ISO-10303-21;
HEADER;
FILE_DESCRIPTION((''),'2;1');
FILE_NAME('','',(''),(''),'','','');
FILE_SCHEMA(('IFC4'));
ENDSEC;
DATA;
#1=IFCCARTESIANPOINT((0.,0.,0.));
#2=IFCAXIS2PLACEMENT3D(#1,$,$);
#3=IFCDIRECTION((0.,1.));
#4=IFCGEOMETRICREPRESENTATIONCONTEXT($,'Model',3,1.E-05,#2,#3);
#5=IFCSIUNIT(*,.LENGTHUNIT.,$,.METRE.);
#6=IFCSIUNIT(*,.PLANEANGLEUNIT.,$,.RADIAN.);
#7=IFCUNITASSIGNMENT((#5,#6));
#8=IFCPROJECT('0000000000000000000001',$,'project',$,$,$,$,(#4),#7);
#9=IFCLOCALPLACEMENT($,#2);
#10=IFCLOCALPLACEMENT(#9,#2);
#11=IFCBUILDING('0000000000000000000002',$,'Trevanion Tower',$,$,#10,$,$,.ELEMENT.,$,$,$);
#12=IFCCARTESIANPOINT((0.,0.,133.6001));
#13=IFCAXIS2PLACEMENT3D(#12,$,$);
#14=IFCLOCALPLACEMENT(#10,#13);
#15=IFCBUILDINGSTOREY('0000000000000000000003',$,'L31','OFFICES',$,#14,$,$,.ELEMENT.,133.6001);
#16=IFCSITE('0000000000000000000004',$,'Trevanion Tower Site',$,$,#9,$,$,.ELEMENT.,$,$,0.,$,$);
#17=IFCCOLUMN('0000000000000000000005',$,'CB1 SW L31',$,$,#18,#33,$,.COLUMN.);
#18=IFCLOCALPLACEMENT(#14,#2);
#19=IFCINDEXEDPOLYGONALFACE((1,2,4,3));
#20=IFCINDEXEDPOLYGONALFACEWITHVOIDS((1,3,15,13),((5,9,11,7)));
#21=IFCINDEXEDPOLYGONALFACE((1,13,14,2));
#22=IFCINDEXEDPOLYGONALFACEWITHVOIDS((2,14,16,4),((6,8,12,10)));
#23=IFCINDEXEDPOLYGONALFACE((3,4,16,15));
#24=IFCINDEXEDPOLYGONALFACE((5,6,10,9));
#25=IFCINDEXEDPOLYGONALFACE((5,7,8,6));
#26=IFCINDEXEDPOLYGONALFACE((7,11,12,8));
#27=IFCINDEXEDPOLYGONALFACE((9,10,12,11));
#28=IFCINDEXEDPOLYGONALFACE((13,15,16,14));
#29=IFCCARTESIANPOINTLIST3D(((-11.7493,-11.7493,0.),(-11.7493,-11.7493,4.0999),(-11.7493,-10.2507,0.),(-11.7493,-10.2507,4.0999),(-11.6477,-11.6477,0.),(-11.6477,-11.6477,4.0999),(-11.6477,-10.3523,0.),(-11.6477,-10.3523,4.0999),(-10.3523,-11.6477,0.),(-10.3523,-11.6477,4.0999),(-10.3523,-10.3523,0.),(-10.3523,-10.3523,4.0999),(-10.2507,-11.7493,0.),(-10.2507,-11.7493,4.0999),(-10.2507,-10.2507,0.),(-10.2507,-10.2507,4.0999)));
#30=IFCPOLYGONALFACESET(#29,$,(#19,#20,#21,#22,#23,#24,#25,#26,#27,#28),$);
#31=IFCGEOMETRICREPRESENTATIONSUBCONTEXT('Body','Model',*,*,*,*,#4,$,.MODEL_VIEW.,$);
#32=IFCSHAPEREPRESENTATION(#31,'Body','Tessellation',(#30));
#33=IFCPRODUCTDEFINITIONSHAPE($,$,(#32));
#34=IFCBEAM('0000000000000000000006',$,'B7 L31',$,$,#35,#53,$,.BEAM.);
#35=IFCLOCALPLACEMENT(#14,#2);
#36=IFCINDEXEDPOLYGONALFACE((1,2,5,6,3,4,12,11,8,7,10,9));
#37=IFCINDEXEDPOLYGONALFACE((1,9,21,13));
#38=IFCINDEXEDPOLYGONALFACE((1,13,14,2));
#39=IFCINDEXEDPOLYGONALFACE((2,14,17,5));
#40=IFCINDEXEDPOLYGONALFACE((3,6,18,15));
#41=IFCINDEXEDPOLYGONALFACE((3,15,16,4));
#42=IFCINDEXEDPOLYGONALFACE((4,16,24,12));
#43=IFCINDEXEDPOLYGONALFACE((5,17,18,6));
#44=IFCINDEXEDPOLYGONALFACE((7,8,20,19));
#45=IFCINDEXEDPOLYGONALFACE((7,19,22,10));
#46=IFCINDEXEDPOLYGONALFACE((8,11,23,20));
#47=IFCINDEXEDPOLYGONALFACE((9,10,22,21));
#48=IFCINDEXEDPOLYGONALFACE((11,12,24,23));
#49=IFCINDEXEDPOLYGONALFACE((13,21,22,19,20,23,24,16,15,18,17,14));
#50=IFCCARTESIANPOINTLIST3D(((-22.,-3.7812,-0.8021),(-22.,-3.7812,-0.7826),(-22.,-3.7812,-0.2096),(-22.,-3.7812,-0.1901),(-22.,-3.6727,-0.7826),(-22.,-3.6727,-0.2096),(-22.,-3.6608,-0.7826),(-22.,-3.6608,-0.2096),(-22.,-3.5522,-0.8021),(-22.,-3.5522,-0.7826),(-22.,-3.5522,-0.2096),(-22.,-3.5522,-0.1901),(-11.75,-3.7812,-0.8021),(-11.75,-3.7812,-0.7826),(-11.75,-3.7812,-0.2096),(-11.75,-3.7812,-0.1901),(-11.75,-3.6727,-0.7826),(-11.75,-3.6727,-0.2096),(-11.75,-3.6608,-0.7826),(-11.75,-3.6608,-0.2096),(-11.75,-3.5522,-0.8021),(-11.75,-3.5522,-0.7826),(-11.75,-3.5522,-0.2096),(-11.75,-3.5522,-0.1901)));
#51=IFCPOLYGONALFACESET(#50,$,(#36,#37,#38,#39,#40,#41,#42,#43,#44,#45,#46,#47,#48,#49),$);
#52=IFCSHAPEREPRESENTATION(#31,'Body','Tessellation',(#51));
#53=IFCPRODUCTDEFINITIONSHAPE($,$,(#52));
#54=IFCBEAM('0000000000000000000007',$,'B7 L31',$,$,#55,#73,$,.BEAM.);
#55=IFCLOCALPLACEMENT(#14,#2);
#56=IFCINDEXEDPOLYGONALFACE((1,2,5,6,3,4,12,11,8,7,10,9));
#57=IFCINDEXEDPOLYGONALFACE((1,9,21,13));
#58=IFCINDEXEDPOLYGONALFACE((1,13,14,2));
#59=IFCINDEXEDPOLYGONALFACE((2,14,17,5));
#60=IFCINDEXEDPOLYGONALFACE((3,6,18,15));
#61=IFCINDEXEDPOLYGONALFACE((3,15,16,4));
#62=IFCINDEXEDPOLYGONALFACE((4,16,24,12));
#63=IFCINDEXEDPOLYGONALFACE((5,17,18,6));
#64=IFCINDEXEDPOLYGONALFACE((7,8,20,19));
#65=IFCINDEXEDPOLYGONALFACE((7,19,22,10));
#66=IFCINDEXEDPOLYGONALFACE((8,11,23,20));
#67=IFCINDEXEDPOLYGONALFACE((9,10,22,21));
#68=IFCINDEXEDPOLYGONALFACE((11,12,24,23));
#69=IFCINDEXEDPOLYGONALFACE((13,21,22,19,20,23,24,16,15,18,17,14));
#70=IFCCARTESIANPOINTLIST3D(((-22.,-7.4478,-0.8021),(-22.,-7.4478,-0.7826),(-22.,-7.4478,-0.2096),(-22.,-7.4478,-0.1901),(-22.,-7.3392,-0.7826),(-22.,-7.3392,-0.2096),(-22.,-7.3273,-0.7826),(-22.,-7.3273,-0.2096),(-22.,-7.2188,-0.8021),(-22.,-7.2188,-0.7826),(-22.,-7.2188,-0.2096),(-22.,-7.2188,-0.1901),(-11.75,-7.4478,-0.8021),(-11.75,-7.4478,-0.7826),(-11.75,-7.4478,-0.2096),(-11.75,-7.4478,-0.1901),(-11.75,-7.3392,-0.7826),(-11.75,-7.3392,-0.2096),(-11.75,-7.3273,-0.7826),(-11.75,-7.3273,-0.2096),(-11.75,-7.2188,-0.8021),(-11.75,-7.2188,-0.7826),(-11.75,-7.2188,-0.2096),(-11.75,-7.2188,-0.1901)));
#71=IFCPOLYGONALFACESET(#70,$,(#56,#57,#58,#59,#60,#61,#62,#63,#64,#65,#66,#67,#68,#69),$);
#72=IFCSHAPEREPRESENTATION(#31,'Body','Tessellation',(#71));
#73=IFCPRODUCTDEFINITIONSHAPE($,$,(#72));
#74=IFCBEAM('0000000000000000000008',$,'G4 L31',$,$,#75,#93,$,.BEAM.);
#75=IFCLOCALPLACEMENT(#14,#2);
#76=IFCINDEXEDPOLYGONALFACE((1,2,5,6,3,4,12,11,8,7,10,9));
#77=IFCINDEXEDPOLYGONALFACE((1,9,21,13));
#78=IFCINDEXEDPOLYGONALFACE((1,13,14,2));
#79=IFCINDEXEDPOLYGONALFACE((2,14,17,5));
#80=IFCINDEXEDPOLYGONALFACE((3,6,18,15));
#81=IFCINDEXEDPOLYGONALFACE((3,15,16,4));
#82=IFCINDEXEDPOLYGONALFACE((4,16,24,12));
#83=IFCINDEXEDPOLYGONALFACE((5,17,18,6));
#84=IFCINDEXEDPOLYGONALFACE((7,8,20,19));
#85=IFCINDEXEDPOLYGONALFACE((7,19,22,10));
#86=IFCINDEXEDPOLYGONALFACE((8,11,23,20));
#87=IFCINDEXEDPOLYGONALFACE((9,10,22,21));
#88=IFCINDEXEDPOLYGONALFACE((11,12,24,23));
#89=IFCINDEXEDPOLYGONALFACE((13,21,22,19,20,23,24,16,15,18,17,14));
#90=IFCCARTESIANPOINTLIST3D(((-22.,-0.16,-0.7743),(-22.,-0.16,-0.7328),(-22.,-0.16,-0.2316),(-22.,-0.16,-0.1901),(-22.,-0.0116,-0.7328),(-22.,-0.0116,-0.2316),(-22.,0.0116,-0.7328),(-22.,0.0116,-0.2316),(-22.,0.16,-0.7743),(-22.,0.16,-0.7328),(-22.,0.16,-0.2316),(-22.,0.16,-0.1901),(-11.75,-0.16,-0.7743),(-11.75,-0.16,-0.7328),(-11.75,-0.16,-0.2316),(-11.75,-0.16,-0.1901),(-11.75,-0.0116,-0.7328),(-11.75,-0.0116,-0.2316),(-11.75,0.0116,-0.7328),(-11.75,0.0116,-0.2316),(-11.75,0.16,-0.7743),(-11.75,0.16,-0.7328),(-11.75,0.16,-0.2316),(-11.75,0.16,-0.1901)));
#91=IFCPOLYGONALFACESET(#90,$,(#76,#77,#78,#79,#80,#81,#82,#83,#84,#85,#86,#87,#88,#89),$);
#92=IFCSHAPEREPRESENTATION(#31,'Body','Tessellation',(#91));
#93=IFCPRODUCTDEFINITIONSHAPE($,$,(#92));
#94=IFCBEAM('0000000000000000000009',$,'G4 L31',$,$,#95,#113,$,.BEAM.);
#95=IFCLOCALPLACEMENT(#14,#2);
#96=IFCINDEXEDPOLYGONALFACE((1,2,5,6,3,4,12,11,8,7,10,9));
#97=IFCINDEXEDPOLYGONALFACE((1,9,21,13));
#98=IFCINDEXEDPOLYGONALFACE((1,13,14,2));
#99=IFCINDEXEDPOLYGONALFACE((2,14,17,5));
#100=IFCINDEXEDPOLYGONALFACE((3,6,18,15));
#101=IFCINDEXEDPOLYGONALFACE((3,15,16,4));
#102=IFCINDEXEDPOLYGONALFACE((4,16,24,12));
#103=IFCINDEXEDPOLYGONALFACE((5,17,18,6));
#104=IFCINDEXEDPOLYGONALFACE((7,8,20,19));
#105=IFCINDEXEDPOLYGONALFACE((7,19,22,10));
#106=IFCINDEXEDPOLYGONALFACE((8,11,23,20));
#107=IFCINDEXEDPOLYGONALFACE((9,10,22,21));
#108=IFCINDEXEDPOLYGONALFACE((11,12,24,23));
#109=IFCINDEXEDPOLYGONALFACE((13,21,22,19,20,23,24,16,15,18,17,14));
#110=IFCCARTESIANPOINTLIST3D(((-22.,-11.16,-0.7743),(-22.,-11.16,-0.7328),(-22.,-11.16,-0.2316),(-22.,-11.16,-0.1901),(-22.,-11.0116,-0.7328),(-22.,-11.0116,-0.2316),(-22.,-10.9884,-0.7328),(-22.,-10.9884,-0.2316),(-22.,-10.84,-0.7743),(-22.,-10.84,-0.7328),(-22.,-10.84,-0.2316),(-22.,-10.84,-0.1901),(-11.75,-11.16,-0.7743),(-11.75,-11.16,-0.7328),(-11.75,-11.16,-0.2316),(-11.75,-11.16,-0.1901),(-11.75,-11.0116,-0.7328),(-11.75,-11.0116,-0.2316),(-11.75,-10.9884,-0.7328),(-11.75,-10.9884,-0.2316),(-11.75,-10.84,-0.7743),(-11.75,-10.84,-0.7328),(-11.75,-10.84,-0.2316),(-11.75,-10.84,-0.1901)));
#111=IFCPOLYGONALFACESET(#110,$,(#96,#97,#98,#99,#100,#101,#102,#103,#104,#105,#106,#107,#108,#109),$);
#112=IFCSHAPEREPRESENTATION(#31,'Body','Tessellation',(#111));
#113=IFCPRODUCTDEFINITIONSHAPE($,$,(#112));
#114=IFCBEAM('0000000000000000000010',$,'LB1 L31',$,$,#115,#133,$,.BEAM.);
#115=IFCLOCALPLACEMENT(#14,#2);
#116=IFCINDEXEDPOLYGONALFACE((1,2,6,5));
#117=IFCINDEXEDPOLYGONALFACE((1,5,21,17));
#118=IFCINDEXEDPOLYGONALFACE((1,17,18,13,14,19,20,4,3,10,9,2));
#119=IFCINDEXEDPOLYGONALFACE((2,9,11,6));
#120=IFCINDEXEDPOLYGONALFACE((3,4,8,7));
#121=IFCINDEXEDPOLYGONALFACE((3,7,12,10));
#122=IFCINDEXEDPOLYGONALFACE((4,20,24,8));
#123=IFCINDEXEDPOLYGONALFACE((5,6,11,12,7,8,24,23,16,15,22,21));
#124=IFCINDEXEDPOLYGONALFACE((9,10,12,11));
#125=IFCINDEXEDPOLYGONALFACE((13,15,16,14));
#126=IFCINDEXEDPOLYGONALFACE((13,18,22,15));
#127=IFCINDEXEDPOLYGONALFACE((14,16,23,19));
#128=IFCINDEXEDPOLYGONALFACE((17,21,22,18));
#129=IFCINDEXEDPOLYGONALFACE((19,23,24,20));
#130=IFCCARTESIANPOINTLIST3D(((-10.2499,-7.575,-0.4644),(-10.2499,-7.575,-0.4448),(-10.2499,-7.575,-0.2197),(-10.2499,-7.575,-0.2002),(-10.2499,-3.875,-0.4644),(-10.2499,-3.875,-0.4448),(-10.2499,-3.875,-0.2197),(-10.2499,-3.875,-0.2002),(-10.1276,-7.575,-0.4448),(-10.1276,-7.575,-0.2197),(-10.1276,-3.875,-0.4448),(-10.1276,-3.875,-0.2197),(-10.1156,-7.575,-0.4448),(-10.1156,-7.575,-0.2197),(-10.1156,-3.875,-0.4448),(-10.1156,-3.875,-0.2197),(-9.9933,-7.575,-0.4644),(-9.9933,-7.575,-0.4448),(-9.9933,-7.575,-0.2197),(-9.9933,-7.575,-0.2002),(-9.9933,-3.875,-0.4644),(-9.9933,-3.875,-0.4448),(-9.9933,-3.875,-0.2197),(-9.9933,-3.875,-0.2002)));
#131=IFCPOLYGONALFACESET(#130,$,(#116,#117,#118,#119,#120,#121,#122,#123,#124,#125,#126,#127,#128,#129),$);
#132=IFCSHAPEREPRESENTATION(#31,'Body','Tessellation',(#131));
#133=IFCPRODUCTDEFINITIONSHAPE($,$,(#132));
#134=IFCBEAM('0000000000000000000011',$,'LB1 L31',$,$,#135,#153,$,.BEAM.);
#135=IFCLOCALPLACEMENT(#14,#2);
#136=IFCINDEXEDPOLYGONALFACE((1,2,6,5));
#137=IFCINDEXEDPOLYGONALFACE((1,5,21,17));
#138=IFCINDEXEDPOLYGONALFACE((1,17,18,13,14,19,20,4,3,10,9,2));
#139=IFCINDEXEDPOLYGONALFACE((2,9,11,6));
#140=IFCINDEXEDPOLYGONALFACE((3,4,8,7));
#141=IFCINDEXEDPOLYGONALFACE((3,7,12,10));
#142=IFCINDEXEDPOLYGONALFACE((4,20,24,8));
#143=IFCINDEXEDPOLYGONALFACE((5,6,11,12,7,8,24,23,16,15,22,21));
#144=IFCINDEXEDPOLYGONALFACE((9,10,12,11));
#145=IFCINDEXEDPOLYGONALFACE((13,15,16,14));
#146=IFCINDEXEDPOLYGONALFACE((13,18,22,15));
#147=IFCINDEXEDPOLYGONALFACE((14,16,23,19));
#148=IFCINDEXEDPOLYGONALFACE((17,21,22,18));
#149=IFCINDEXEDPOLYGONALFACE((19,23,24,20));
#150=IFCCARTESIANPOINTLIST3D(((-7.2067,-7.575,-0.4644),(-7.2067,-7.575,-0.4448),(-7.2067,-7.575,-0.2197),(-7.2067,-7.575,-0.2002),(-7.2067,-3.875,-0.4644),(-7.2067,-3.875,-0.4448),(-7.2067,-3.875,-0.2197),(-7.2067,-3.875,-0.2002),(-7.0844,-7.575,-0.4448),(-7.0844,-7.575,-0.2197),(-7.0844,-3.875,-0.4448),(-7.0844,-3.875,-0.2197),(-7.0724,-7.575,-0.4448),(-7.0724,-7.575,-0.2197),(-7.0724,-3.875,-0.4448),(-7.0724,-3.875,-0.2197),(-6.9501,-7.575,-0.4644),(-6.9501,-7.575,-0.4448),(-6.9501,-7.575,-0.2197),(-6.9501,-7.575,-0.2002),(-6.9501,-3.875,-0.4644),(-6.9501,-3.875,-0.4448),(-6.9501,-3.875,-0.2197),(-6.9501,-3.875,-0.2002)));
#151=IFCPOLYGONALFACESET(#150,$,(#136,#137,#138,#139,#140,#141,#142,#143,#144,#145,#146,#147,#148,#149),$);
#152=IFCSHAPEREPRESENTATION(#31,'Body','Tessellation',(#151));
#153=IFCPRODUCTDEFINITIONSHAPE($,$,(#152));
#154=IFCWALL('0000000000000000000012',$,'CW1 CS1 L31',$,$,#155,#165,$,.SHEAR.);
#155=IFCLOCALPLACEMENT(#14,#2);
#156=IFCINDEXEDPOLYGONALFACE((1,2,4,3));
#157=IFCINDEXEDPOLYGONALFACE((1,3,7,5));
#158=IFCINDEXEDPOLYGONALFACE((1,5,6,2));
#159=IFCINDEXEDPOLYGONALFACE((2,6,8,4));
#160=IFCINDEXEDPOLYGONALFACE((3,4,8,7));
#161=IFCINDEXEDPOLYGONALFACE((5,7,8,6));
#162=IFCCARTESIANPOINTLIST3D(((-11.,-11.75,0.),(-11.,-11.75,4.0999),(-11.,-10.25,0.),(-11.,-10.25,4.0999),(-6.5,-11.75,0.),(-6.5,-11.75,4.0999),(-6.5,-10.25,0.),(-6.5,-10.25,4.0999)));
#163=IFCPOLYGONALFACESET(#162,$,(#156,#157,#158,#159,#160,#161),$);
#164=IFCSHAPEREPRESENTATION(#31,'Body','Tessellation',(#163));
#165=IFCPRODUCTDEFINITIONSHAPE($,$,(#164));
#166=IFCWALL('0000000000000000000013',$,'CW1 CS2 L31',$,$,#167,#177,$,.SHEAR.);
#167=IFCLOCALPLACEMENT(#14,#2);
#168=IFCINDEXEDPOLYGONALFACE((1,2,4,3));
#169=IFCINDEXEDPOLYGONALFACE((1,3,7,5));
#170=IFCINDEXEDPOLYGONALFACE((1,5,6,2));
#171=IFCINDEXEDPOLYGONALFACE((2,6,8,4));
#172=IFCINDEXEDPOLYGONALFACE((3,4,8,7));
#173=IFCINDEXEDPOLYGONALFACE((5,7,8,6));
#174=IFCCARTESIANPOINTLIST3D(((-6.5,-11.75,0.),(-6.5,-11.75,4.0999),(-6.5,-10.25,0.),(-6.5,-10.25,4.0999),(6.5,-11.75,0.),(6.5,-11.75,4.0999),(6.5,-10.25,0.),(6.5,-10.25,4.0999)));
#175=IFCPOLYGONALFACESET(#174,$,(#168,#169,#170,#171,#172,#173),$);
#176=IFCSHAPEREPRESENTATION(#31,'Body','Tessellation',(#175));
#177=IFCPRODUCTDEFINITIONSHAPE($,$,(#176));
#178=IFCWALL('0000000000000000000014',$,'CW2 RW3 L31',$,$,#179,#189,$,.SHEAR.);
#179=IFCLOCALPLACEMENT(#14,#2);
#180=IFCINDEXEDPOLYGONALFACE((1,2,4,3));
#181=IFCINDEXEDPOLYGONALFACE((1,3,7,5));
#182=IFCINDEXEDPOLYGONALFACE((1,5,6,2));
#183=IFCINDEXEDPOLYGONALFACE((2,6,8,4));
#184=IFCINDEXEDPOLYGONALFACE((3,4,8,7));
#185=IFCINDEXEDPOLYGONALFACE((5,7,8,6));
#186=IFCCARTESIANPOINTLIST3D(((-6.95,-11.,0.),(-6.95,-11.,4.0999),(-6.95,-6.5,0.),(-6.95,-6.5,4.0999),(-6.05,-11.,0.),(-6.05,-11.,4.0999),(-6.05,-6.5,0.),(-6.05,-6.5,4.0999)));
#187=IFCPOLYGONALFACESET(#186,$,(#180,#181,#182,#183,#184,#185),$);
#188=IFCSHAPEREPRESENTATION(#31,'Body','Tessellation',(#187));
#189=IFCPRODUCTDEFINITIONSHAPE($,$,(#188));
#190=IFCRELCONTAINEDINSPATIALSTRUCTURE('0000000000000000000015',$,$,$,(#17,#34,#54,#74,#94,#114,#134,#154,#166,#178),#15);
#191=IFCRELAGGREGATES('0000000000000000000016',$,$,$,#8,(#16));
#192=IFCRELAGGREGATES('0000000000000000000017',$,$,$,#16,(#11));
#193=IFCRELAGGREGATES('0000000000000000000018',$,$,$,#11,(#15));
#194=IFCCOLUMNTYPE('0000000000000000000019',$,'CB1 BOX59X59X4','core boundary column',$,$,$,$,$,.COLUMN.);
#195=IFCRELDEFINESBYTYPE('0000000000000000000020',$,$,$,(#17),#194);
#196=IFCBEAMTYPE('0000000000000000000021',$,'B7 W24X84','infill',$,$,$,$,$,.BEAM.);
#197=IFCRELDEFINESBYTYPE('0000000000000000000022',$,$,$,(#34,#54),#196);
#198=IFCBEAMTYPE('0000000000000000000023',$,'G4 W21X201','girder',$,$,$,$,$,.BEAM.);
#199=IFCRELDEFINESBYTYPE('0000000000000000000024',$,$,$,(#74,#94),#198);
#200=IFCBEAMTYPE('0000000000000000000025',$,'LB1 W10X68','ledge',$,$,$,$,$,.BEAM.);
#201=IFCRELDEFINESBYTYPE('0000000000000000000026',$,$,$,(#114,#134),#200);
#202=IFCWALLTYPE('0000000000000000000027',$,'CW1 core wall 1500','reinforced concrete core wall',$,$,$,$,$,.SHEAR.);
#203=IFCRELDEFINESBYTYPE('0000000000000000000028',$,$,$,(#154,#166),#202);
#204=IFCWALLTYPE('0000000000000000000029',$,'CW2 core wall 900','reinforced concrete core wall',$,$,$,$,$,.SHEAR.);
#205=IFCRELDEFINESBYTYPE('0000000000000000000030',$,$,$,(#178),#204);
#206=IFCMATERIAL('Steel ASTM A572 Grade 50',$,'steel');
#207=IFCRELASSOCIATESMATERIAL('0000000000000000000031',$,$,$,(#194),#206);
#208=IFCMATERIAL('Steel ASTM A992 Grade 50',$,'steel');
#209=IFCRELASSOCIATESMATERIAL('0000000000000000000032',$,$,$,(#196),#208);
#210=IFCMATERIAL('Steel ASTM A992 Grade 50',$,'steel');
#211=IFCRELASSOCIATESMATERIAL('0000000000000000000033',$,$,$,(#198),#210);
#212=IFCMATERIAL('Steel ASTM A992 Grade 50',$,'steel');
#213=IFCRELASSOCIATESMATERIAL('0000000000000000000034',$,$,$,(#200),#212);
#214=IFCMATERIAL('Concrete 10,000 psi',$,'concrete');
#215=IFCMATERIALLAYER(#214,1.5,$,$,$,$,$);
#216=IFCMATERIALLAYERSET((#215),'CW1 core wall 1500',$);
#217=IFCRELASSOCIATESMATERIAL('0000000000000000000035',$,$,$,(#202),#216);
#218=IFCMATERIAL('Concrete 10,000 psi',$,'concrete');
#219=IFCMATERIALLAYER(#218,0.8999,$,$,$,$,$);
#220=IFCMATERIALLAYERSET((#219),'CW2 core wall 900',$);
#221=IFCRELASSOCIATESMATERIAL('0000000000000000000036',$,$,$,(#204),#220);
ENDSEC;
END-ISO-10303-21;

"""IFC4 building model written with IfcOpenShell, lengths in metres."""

from ifc_helpers import new_model, si_unit, direction, frame, frame_2d, origin, origin_2d, place, context, subcontext, project, spatial, rectangle, hollow_rectangle, i_section, extrude, material, layer, layer_set, material_profile, profile_set, type_object, element, save


model = new_model("IFC4")

# Units and contexts
model_context = context("Model", 3, precision=1e-05, world=origin(), true_north=direction((0.0, 1.0)))
body_context = subcontext(model_context, "Body", "Model", "MODEL_VIEW")
ifc_project = project(units=[si_unit("LENGTHUNIT", "METRE"), si_unit("PLANEANGLEUNIT", "RADIAN")], contexts=[model_context])

# Site, building, storey
site_placement = place(None, origin())
site = spatial("IfcSite", under=ifc_project, at=site_placement, Name="Trevanion Tower Site", CompositionType="ELEMENT", RefElevation=0.0)
building_placement = place(site_placement, origin())
building = spatial("IfcBuilding", under=site, at=building_placement, Name="Trevanion Tower", CompositionType="ELEMENT")
storey_placement = place(building_placement, frame((0.0, 0.0, 133.6001)))
storey = spatial("IfcBuildingStorey", under=building, at=storey_placement, Name="L31", Description="OFFICES", CompositionType="ELEMENT", Elevation=133.6001)

# Column
ifc_material_1 = material(Name="Steel ASTM A572 Grade 50", Category="steel")
ifc_material_profile_1 = material_profile(ifc_material_1, hollow_rectangle(XDim=1.4985, YDim=1.4985, WallThickness=0.1016, at=origin_2d()), Name="BOX59X59X4")
ifc_profile_set_1 = profile_set([ifc_material_profile_1], Name="Steel ASTM A572 Grade 50")
column_type = type_object("IfcColumnType", Name="CB1 BOX59X59X4", Description="core boundary column", PredefinedType="COLUMN", material=ifc_profile_set_1)
column_placement = place(storey_placement, frame((-11.0, -11.0, 0.0), z_axis=(0.0, 0.0, 1.0), x_axis=(1.0, 0.0, 0.0)))
element("IfcColumn", 1, at=column_placement, inside=storey, type_object=column_type, Name="CB1 SW L31", PredefinedType="COLUMN", context=body_context, shape_type="SweptSolid", body=[
    extrude(hollow_rectangle(XDim=1.4985, YDim=1.4985, WallThickness=0.1016, at=origin_2d()), origin(), (0.0, 0.0, 1.0), 4.0999),
])

# Beams
ifc_material_2 = material(Name="Steel ASTM A992 Grade 50", Category="steel")
ifc_material_profile_2 = material_profile(ifc_material_2, i_section(OverallWidth=0.229, OverallDepth=0.6121, WebThickness=0.012, FlangeThickness=0.0195, at=origin_2d()), Name="W24X84")
ifc_profile_set_2 = profile_set([ifc_material_profile_2], Name="Steel ASTM A992 Grade 50")
beam_type_1 = type_object("IfcBeamType", Name="B7 W24X84", Description="infill", PredefinedType="BEAM", material=ifc_profile_set_2)
for number, where, z_axis, x_axis, name in (
    (2, (-11.75, -3.6667, -0.4961), (-1.0, 0.0, 0.0), (0.0, -1.0, 0.0), "B7 L31"),
    (3, (-11.75, -7.3333, -0.4961), (-1.0, 0.0, 0.0), (0.0, -1.0, 0.0), "B7 L31"),
):
    element("IfcBeam", number, at=place(storey_placement, frame(where, z_axis=z_axis, x_axis=x_axis)), inside=storey, type_object=beam_type_1, Name=name, PredefinedType="BEAM", context=body_context, shape_type="SweptSolid", body=[
        extrude(i_section(OverallWidth=0.229, OverallDepth=0.6121, WebThickness=0.012, FlangeThickness=0.0195, at=origin_2d()), origin(), (0.0, 0.0, 1.0), 10.25),
    ])
ifc_material_3 = material(Name="Steel ASTM A992 Grade 50", Category="steel")
ifc_material_profile_3 = material_profile(ifc_material_3, i_section(OverallWidth=0.3201, OverallDepth=0.5842, WebThickness=0.0232, FlangeThickness=0.0415, at=origin_2d()), Name="W21X201")
ifc_profile_set_3 = profile_set([ifc_material_profile_3], Name="Steel ASTM A992 Grade 50")
beam_type_2 = type_object("IfcBeamType", Name="G4 W21X201", Description="girder", PredefinedType="BEAM", material=ifc_profile_set_3)
for number, where, z_axis, x_axis, name in (
    (4, (-11.75, 0.0, -0.4822), (-1.0, 0.0, 0.0), (0.0, -1.0, 0.0), "G4 L31"),
    (5, (-11.75, -11.0, -0.4822), (-1.0, 0.0, 0.0), (0.0, -1.0, 0.0), "G4 L31"),
):
    element("IfcBeam", number, at=place(storey_placement, frame(where, z_axis=z_axis, x_axis=x_axis)), inside=storey, type_object=beam_type_2, Name=name, PredefinedType="BEAM", context=body_context, shape_type="SweptSolid", body=[
        extrude(i_section(OverallWidth=0.3201, OverallDepth=0.5842, WebThickness=0.0232, FlangeThickness=0.0415, at=origin_2d()), origin(), (0.0, 0.0, 1.0), 10.25),
    ])
ifc_material_4 = material(Name="Steel ASTM A992 Grade 50", Category="steel")
ifc_material_profile_4 = material_profile(ifc_material_4, i_section(OverallWidth=0.2566, OverallDepth=0.2642, WebThickness=0.012, FlangeThickness=0.0195, at=origin_2d()), Name="W10X68")
ifc_profile_set_4 = profile_set([ifc_material_profile_4], Name="Steel ASTM A992 Grade 50")
beam_type_3 = type_object("IfcBeamType", Name="LB1 W10X68", Description="ledge", PredefinedType="BEAM", material=ifc_profile_set_4)
for number, where, z_axis, x_axis, name in (
    (6, (-10.1216, -7.575, -0.3323), (0.0, 1.0, 0.0), (-1.0, 0.0, 0.0), "LB1 L31"),
    (7, (-7.0784, -7.575, -0.3323), (0.0, 1.0, 0.0), (-1.0, 0.0, 0.0), "LB1 L31"),
):
    element("IfcBeam", number, at=place(storey_placement, frame(where, z_axis=z_axis, x_axis=x_axis)), inside=storey, type_object=beam_type_3, Name=name, PredefinedType="BEAM", context=body_context, shape_type="SweptSolid", body=[
        extrude(i_section(OverallWidth=0.2566, OverallDepth=0.2642, WebThickness=0.012, FlangeThickness=0.0195, at=origin_2d()), origin(), (0.0, 0.0, 1.0), 3.7),
    ])

# Walls
ifc_material_5 = material(Name="Concrete 10,000 psi", Category="concrete")
ifc_layer_1 = layer(ifc_material_5, 1.5)
ifc_layer_set_1 = layer_set([ifc_layer_1], Name="CW1 core wall 1500")
wall_type_1 = type_object("IfcWallType", Name="CW1 core wall 1500", Description="reinforced concrete core wall", PredefinedType="SHEAR", material=ifc_layer_set_1)
wall_1_placement = place(storey_placement, frame((-11.0, -11.0, 0.0), z_axis=(0.0, 0.0, 1.0), x_axis=(1.0, 0.0, 0.0)))
element("IfcWall", 8, at=wall_1_placement, inside=storey, type_object=wall_type_1, Name="CW1 CS1 L31", PredefinedType="SHEAR", context=body_context, shape_type="SweptSolid", body=[
    extrude(rectangle(XDim=4.5, YDim=1.5, at=frame_2d((2.25, 0.0))), origin(), (0.0, 0.0, 1.0), 4.0999),
])
wall_2_placement = place(storey_placement, frame((-6.5, -11.0, 0.0), z_axis=(0.0, 0.0, 1.0), x_axis=(1.0, 0.0, 0.0)))
element("IfcWall", 9, at=wall_2_placement, inside=storey, type_object=wall_type_1, Name="CW1 CS2 L31", PredefinedType="SHEAR", context=body_context, shape_type="SweptSolid", body=[
    extrude(rectangle(XDim=13.0, YDim=1.5, at=frame_2d((6.5, 0.0))), origin(), (0.0, 0.0, 1.0), 4.0999),
])
ifc_material_6 = material(Name="Concrete 10,000 psi", Category="concrete")
ifc_layer_2 = layer(ifc_material_6, 0.8999)
ifc_layer_set_2 = layer_set([ifc_layer_2], Name="CW2 core wall 900")
wall_type_2 = type_object("IfcWallType", Name="CW2 core wall 900", Description="reinforced concrete core wall", PredefinedType="SHEAR", material=ifc_layer_set_2)
wall_3_placement = place(storey_placement, frame((-6.5, -6.5, 0.0), z_axis=(0.0, 0.0, 1.0), x_axis=(0.0, -1.0, 0.0)))
element("IfcWall", 10, at=wall_3_placement, inside=storey, type_object=wall_type_2, Name="CW2 RW3 L31", PredefinedType="SHEAR", context=body_context, shape_type="SweptSolid", body=[
    extrude(rectangle(XDim=4.5, YDim=0.8999, at=frame_2d((2.25, 0.0))), origin(), (0.0, 0.0, 1.0), 4.0999),
])

save(model, "model.ifc")
